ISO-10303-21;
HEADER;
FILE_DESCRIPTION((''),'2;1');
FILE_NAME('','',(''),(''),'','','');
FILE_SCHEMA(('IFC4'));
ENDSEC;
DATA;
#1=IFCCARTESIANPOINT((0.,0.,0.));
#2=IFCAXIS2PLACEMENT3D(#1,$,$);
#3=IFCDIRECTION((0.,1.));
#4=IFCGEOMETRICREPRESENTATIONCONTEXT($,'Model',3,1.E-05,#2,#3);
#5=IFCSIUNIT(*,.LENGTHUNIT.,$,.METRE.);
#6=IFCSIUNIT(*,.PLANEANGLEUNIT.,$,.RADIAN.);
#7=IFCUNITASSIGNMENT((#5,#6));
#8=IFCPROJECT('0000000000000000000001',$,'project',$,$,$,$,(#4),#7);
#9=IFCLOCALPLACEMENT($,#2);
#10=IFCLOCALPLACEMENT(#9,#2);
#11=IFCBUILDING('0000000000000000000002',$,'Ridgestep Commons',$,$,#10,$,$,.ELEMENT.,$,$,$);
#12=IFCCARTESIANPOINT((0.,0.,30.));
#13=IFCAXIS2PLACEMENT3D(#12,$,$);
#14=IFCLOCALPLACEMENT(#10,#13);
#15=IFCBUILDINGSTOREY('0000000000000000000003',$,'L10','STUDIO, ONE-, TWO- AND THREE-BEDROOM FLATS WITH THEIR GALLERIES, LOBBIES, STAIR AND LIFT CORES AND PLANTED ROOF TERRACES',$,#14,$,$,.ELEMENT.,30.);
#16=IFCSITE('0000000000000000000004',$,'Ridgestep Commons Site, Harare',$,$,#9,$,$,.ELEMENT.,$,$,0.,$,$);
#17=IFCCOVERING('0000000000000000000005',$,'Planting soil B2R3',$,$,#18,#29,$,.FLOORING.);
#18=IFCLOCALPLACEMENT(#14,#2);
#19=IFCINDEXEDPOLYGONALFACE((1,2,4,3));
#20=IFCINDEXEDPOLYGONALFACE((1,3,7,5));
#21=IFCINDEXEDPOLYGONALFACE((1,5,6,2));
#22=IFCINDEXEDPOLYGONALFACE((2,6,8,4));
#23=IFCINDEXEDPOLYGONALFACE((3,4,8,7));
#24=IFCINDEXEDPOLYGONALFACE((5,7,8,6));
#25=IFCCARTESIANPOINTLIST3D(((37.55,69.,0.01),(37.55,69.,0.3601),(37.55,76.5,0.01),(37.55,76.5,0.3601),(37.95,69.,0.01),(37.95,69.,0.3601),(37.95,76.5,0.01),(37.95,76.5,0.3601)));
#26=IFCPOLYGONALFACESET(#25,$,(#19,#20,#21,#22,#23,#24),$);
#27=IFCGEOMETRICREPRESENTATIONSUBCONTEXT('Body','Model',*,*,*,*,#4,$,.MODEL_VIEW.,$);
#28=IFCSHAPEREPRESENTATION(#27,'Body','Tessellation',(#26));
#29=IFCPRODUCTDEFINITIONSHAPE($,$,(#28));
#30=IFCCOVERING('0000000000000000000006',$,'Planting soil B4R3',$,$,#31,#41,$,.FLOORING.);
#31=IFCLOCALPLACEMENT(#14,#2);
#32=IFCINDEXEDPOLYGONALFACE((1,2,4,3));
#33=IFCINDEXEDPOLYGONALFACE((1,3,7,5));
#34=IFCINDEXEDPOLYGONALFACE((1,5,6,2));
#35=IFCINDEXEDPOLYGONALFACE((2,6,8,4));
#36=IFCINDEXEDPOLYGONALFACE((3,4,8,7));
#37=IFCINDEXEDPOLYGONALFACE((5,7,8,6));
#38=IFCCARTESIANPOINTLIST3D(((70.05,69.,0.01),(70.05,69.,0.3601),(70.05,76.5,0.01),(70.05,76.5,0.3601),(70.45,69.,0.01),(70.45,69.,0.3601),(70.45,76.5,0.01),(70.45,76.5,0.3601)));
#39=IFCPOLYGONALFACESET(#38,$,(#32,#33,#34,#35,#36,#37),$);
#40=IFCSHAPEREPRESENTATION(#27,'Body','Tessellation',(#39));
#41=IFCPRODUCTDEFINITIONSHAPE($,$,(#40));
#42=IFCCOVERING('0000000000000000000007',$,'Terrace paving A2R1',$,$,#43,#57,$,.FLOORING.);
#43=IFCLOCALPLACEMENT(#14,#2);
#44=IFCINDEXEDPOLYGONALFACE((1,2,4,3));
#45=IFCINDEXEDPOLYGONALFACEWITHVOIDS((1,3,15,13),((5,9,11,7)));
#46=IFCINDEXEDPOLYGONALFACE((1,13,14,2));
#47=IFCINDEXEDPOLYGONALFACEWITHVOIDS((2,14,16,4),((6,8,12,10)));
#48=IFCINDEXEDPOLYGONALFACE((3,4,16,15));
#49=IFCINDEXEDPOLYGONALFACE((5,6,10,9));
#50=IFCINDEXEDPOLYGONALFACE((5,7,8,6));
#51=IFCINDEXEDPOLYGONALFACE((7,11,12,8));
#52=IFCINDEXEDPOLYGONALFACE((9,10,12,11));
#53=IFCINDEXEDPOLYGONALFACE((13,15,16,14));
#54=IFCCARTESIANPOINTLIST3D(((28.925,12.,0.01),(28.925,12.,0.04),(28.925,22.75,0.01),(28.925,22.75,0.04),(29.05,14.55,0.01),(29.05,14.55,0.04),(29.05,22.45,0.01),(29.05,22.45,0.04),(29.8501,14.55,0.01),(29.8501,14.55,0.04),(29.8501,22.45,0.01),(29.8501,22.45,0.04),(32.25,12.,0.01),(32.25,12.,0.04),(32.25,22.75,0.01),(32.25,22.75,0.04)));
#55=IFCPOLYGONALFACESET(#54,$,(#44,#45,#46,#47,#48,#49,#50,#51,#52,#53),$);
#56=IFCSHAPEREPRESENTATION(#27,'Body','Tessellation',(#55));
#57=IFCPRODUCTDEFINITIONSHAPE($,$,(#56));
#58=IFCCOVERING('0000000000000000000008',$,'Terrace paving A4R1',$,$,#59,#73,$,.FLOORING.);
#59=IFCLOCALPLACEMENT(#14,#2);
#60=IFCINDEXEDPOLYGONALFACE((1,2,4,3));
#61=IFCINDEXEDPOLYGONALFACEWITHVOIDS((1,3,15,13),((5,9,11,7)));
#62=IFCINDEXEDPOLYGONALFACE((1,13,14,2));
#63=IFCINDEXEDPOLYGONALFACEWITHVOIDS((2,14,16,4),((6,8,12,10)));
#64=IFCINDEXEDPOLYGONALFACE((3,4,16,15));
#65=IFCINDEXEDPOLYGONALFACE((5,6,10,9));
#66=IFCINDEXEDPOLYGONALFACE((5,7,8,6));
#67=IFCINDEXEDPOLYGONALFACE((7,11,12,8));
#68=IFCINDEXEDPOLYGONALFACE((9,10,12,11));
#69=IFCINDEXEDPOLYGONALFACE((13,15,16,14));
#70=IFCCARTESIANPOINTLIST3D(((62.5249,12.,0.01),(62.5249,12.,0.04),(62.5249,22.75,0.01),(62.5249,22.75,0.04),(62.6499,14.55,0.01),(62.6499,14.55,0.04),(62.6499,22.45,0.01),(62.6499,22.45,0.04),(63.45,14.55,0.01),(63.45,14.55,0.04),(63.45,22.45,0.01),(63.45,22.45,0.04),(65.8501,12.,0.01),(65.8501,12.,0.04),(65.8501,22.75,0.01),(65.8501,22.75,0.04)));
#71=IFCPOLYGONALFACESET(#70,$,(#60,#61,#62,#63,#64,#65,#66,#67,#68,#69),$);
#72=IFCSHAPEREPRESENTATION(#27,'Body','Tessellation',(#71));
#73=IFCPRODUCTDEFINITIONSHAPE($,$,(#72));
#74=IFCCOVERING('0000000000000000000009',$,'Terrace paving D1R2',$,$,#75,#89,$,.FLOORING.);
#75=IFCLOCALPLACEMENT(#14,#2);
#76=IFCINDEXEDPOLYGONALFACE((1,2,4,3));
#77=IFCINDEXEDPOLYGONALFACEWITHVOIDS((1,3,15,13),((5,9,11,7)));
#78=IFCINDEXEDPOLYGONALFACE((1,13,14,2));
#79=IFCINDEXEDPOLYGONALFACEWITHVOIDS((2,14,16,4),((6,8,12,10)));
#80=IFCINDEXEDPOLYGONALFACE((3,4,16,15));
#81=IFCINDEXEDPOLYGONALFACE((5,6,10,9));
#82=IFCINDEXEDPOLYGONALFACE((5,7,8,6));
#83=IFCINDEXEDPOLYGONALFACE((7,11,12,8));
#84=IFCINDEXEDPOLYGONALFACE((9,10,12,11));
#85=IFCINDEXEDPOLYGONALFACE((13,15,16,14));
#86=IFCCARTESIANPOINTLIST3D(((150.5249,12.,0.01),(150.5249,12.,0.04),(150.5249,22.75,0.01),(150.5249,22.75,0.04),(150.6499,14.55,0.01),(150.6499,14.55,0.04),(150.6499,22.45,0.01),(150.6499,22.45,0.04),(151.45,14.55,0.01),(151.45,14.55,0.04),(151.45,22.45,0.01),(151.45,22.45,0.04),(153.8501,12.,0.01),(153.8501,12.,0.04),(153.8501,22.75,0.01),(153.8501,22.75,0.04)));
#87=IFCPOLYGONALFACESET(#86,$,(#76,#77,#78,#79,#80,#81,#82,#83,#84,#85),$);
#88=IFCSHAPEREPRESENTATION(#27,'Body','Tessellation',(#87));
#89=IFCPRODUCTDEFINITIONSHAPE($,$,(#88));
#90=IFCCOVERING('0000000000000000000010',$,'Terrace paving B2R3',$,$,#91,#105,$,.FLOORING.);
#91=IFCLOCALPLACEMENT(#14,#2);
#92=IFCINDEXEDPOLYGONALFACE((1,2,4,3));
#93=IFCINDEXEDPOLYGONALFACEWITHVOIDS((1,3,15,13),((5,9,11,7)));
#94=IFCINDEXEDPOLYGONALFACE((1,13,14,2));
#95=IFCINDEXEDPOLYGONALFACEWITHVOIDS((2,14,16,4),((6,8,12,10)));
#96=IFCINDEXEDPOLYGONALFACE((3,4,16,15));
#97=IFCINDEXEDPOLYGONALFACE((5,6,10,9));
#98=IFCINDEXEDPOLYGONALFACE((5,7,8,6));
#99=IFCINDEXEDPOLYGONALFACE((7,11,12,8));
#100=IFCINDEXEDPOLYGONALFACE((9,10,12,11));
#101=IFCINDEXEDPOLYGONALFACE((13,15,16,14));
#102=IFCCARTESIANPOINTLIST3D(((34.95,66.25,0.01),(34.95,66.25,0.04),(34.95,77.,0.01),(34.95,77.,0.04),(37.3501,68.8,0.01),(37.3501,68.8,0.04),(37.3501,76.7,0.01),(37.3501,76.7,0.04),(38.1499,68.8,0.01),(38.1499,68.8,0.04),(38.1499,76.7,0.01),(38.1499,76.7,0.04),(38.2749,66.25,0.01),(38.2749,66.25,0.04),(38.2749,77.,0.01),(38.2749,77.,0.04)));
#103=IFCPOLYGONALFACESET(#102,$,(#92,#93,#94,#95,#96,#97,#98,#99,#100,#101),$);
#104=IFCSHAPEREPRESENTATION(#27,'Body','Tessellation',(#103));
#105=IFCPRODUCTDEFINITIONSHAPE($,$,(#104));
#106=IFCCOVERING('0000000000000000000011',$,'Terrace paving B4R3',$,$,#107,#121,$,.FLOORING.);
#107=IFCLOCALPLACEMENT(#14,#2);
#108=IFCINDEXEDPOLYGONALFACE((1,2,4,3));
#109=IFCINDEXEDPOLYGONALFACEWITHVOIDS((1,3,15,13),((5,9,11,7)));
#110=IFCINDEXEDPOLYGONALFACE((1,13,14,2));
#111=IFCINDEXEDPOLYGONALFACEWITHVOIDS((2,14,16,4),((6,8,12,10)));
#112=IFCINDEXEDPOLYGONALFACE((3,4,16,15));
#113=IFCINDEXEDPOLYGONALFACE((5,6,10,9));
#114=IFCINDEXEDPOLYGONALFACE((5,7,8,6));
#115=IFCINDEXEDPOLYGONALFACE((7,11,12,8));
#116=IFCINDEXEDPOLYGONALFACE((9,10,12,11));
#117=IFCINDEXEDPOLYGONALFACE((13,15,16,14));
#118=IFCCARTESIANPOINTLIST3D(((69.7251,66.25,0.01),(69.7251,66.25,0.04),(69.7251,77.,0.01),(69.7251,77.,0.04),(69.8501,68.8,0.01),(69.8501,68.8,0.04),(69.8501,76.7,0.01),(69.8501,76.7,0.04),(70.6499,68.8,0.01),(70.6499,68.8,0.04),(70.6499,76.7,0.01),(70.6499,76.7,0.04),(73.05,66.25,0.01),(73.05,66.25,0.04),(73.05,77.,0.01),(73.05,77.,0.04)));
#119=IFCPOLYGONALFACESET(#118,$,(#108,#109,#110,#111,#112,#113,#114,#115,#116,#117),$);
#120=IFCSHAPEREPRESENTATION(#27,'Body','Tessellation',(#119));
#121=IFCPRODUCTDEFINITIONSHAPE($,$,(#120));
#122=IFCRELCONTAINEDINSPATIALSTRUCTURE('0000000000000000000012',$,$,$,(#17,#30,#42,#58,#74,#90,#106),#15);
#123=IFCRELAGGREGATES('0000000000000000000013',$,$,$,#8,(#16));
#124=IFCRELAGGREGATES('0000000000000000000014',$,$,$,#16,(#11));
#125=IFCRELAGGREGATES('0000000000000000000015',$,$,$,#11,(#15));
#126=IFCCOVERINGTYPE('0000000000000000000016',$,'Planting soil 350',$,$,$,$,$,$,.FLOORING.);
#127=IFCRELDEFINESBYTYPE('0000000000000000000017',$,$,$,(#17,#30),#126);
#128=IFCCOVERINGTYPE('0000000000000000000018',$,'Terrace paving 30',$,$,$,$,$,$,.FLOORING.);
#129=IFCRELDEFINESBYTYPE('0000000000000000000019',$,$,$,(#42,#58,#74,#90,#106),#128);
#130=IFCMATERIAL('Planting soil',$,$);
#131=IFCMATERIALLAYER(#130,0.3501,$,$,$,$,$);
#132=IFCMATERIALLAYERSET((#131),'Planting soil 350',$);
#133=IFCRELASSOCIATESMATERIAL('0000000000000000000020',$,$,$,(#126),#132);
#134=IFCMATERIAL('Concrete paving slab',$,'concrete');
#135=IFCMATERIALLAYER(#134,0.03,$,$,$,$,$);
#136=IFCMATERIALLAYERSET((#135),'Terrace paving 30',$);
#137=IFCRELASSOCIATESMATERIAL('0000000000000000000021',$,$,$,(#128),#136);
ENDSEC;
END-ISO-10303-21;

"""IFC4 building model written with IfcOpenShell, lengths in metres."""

from ifc_helpers import new_model, si_unit, direction, frame, origin, place, context, subcontext, project, spatial, polyline, outline, extrude, material, layer, layer_set, type_object, element, save


model = new_model("IFC4")

# Units and contexts
model_context = context("Model", 3, precision=1e-05, world=origin(), true_north=direction((0.0, 1.0)))
body_context = subcontext(model_context, "Body", "Model", "MODEL_VIEW")
ifc_project = project(units=[si_unit("LENGTHUNIT", "METRE"), si_unit("PLANEANGLEUNIT", "RADIAN")], contexts=[model_context])

# Site, building, storey
site_placement = place(None, origin())
site = spatial("IfcSite", under=ifc_project, at=site_placement, Name="Ridgestep Commons Site, Harare", CompositionType="ELEMENT", RefElevation=0.0)
building_placement = place(site_placement, origin())
building = spatial("IfcBuilding", under=site, at=building_placement, Name="Ridgestep Commons", CompositionType="ELEMENT")
storey_placement = place(building_placement, frame((0.0, 0.0, 30.0)))
storey = spatial("IfcBuildingStorey", under=building, at=storey_placement, Name="L10", Description="STUDIO, ONE-, TWO- AND THREE-BEDROOM FLATS WITH THEIR GALLERIES, LOBBIES, STAIR AND LIFT CORES AND PLANTED ROOF TERRACES", CompositionType="ELEMENT", Elevation=30.0)

# Coverings
ifc_material_1 = material(Name="Planting soil")
ifc_layer_1 = layer(ifc_material_1, 0.3501)
ifc_layer_set_1 = layer_set([ifc_layer_1], Name="Planting soil 350")
covering_type_1 = type_object("IfcCoveringType", Name="Planting soil 350", PredefinedType="FLOORING", material=ifc_layer_set_1)
covering_1_placement = place(storey_placement, frame((0.0, 0.0, 0.01)))
element("IfcCovering", 1, at=covering_1_placement, inside=storey, type_object=covering_type_1, Name="Planting soil B2R3", PredefinedType="FLOORING", context=body_context, shape_type="SweptSolid", body=[
    extrude(outline(polyline([(37.55, 69.0), (37.95, 69.0), (37.95, 76.5), (37.55, 76.5), (37.55, 69.0)])), origin(), (0.0, 0.0, 1.0), 0.3501),
])
covering_2_placement = place(storey_placement, frame((0.0, 0.0, 0.01)))
element("IfcCovering", 2, at=covering_2_placement, inside=storey, type_object=covering_type_1, Name="Planting soil B4R3", PredefinedType="FLOORING", context=body_context, shape_type="SweptSolid", body=[
    extrude(outline(polyline([(70.05, 69.0), (70.45, 69.0), (70.45, 76.5), (70.05, 76.5), (70.05, 69.0)])), origin(), (0.0, 0.0, 1.0), 0.3501),
])
ifc_material_2 = material(Name="Concrete paving slab", Category="concrete")
ifc_layer_2 = layer(ifc_material_2, 0.03)
ifc_layer_set_2 = layer_set([ifc_layer_2], Name="Terrace paving 30")
covering_type_2 = type_object("IfcCoveringType", Name="Terrace paving 30", PredefinedType="FLOORING", material=ifc_layer_set_2)
covering_3_placement = place(storey_placement, frame((0.0, 0.0, 0.01)))
element("IfcCovering", 3, at=covering_3_placement, inside=storey, type_object=covering_type_2, Name="Terrace paving A2R1", PredefinedType="FLOORING", context=body_context, shape_type="SweptSolid", body=[
    extrude(outline(polyline([(32.25, 12.0), (32.25, 22.75), (28.925, 22.75), (28.925, 12.0), (32.25, 12.0)]), holes=[polyline([(29.8501, 14.55), (29.8501, 22.45), (29.05, 22.45), (29.05, 14.55), (29.8501, 14.55)])]), origin(), (0.0, 0.0, 1.0), 0.03),
])
covering_4_placement = place(storey_placement, frame((0.0, 0.0, 0.01)))
element("IfcCovering", 4, at=covering_4_placement, inside=storey, type_object=covering_type_2, Name="Terrace paving A4R1", PredefinedType="FLOORING", context=body_context, shape_type="SweptSolid", body=[
    extrude(outline(polyline([(65.8501, 12.0), (65.8501, 22.75), (62.5249, 22.75), (62.5249, 12.0), (65.8501, 12.0)]), holes=[polyline([(63.45, 14.55), (63.45, 22.45), (62.6499, 22.45), (62.6499, 14.55), (63.45, 14.55)])]), origin(), (0.0, 0.0, 1.0), 0.03),
])
covering_5_placement = place(storey_placement, frame((0.0, 0.0, 0.01)))
element("IfcCovering", 5, at=covering_5_placement, inside=storey, type_object=covering_type_2, Name="Terrace paving D1R2", PredefinedType="FLOORING", context=body_context, shape_type="SweptSolid", body=[
    extrude(outline(polyline([(153.8501, 12.0), (153.8501, 22.75), (150.5249, 22.75), (150.5249, 12.0), (153.8501, 12.0)]), holes=[polyline([(151.45, 14.55), (151.45, 22.45), (150.6499, 22.45), (150.6499, 14.55), (151.45, 14.55)])]), origin(), (0.0, 0.0, 1.0), 0.03),
])
covering_6_placement = place(storey_placement, frame((0.0, 0.0, 0.01)))
element("IfcCovering", 6, at=covering_6_placement, inside=storey, type_object=covering_type_2, Name="Terrace paving B2R3", PredefinedType="FLOORING", context=body_context, shape_type="SweptSolid", body=[
    extrude(outline(polyline([(38.2749, 66.25), (38.2749, 77.0), (34.95, 77.0), (34.95, 66.25), (38.2749, 66.25)]), holes=[polyline([(38.1499, 68.8), (38.1499, 76.7), (37.3501, 76.7), (37.3501, 68.8), (38.1499, 68.8)])]), origin(), (0.0, 0.0, 1.0), 0.03),
])
covering_7_placement = place(storey_placement, frame((0.0, 0.0, 0.01)))
element("IfcCovering", 7, at=covering_7_placement, inside=storey, type_object=covering_type_2, Name="Terrace paving B4R3", PredefinedType="FLOORING", context=body_context, shape_type="SweptSolid", body=[
    extrude(outline(polyline([(73.05, 66.25), (73.05, 77.0), (69.7251, 77.0), (69.7251, 66.25), (73.05, 66.25)]), holes=[polyline([(70.6499, 68.8), (70.6499, 76.7), (69.8501, 76.7), (69.8501, 68.8), (70.6499, 68.8)])]), origin(), (0.0, 0.0, 1.0), 0.03),
])

save(model, "model.ifc")
